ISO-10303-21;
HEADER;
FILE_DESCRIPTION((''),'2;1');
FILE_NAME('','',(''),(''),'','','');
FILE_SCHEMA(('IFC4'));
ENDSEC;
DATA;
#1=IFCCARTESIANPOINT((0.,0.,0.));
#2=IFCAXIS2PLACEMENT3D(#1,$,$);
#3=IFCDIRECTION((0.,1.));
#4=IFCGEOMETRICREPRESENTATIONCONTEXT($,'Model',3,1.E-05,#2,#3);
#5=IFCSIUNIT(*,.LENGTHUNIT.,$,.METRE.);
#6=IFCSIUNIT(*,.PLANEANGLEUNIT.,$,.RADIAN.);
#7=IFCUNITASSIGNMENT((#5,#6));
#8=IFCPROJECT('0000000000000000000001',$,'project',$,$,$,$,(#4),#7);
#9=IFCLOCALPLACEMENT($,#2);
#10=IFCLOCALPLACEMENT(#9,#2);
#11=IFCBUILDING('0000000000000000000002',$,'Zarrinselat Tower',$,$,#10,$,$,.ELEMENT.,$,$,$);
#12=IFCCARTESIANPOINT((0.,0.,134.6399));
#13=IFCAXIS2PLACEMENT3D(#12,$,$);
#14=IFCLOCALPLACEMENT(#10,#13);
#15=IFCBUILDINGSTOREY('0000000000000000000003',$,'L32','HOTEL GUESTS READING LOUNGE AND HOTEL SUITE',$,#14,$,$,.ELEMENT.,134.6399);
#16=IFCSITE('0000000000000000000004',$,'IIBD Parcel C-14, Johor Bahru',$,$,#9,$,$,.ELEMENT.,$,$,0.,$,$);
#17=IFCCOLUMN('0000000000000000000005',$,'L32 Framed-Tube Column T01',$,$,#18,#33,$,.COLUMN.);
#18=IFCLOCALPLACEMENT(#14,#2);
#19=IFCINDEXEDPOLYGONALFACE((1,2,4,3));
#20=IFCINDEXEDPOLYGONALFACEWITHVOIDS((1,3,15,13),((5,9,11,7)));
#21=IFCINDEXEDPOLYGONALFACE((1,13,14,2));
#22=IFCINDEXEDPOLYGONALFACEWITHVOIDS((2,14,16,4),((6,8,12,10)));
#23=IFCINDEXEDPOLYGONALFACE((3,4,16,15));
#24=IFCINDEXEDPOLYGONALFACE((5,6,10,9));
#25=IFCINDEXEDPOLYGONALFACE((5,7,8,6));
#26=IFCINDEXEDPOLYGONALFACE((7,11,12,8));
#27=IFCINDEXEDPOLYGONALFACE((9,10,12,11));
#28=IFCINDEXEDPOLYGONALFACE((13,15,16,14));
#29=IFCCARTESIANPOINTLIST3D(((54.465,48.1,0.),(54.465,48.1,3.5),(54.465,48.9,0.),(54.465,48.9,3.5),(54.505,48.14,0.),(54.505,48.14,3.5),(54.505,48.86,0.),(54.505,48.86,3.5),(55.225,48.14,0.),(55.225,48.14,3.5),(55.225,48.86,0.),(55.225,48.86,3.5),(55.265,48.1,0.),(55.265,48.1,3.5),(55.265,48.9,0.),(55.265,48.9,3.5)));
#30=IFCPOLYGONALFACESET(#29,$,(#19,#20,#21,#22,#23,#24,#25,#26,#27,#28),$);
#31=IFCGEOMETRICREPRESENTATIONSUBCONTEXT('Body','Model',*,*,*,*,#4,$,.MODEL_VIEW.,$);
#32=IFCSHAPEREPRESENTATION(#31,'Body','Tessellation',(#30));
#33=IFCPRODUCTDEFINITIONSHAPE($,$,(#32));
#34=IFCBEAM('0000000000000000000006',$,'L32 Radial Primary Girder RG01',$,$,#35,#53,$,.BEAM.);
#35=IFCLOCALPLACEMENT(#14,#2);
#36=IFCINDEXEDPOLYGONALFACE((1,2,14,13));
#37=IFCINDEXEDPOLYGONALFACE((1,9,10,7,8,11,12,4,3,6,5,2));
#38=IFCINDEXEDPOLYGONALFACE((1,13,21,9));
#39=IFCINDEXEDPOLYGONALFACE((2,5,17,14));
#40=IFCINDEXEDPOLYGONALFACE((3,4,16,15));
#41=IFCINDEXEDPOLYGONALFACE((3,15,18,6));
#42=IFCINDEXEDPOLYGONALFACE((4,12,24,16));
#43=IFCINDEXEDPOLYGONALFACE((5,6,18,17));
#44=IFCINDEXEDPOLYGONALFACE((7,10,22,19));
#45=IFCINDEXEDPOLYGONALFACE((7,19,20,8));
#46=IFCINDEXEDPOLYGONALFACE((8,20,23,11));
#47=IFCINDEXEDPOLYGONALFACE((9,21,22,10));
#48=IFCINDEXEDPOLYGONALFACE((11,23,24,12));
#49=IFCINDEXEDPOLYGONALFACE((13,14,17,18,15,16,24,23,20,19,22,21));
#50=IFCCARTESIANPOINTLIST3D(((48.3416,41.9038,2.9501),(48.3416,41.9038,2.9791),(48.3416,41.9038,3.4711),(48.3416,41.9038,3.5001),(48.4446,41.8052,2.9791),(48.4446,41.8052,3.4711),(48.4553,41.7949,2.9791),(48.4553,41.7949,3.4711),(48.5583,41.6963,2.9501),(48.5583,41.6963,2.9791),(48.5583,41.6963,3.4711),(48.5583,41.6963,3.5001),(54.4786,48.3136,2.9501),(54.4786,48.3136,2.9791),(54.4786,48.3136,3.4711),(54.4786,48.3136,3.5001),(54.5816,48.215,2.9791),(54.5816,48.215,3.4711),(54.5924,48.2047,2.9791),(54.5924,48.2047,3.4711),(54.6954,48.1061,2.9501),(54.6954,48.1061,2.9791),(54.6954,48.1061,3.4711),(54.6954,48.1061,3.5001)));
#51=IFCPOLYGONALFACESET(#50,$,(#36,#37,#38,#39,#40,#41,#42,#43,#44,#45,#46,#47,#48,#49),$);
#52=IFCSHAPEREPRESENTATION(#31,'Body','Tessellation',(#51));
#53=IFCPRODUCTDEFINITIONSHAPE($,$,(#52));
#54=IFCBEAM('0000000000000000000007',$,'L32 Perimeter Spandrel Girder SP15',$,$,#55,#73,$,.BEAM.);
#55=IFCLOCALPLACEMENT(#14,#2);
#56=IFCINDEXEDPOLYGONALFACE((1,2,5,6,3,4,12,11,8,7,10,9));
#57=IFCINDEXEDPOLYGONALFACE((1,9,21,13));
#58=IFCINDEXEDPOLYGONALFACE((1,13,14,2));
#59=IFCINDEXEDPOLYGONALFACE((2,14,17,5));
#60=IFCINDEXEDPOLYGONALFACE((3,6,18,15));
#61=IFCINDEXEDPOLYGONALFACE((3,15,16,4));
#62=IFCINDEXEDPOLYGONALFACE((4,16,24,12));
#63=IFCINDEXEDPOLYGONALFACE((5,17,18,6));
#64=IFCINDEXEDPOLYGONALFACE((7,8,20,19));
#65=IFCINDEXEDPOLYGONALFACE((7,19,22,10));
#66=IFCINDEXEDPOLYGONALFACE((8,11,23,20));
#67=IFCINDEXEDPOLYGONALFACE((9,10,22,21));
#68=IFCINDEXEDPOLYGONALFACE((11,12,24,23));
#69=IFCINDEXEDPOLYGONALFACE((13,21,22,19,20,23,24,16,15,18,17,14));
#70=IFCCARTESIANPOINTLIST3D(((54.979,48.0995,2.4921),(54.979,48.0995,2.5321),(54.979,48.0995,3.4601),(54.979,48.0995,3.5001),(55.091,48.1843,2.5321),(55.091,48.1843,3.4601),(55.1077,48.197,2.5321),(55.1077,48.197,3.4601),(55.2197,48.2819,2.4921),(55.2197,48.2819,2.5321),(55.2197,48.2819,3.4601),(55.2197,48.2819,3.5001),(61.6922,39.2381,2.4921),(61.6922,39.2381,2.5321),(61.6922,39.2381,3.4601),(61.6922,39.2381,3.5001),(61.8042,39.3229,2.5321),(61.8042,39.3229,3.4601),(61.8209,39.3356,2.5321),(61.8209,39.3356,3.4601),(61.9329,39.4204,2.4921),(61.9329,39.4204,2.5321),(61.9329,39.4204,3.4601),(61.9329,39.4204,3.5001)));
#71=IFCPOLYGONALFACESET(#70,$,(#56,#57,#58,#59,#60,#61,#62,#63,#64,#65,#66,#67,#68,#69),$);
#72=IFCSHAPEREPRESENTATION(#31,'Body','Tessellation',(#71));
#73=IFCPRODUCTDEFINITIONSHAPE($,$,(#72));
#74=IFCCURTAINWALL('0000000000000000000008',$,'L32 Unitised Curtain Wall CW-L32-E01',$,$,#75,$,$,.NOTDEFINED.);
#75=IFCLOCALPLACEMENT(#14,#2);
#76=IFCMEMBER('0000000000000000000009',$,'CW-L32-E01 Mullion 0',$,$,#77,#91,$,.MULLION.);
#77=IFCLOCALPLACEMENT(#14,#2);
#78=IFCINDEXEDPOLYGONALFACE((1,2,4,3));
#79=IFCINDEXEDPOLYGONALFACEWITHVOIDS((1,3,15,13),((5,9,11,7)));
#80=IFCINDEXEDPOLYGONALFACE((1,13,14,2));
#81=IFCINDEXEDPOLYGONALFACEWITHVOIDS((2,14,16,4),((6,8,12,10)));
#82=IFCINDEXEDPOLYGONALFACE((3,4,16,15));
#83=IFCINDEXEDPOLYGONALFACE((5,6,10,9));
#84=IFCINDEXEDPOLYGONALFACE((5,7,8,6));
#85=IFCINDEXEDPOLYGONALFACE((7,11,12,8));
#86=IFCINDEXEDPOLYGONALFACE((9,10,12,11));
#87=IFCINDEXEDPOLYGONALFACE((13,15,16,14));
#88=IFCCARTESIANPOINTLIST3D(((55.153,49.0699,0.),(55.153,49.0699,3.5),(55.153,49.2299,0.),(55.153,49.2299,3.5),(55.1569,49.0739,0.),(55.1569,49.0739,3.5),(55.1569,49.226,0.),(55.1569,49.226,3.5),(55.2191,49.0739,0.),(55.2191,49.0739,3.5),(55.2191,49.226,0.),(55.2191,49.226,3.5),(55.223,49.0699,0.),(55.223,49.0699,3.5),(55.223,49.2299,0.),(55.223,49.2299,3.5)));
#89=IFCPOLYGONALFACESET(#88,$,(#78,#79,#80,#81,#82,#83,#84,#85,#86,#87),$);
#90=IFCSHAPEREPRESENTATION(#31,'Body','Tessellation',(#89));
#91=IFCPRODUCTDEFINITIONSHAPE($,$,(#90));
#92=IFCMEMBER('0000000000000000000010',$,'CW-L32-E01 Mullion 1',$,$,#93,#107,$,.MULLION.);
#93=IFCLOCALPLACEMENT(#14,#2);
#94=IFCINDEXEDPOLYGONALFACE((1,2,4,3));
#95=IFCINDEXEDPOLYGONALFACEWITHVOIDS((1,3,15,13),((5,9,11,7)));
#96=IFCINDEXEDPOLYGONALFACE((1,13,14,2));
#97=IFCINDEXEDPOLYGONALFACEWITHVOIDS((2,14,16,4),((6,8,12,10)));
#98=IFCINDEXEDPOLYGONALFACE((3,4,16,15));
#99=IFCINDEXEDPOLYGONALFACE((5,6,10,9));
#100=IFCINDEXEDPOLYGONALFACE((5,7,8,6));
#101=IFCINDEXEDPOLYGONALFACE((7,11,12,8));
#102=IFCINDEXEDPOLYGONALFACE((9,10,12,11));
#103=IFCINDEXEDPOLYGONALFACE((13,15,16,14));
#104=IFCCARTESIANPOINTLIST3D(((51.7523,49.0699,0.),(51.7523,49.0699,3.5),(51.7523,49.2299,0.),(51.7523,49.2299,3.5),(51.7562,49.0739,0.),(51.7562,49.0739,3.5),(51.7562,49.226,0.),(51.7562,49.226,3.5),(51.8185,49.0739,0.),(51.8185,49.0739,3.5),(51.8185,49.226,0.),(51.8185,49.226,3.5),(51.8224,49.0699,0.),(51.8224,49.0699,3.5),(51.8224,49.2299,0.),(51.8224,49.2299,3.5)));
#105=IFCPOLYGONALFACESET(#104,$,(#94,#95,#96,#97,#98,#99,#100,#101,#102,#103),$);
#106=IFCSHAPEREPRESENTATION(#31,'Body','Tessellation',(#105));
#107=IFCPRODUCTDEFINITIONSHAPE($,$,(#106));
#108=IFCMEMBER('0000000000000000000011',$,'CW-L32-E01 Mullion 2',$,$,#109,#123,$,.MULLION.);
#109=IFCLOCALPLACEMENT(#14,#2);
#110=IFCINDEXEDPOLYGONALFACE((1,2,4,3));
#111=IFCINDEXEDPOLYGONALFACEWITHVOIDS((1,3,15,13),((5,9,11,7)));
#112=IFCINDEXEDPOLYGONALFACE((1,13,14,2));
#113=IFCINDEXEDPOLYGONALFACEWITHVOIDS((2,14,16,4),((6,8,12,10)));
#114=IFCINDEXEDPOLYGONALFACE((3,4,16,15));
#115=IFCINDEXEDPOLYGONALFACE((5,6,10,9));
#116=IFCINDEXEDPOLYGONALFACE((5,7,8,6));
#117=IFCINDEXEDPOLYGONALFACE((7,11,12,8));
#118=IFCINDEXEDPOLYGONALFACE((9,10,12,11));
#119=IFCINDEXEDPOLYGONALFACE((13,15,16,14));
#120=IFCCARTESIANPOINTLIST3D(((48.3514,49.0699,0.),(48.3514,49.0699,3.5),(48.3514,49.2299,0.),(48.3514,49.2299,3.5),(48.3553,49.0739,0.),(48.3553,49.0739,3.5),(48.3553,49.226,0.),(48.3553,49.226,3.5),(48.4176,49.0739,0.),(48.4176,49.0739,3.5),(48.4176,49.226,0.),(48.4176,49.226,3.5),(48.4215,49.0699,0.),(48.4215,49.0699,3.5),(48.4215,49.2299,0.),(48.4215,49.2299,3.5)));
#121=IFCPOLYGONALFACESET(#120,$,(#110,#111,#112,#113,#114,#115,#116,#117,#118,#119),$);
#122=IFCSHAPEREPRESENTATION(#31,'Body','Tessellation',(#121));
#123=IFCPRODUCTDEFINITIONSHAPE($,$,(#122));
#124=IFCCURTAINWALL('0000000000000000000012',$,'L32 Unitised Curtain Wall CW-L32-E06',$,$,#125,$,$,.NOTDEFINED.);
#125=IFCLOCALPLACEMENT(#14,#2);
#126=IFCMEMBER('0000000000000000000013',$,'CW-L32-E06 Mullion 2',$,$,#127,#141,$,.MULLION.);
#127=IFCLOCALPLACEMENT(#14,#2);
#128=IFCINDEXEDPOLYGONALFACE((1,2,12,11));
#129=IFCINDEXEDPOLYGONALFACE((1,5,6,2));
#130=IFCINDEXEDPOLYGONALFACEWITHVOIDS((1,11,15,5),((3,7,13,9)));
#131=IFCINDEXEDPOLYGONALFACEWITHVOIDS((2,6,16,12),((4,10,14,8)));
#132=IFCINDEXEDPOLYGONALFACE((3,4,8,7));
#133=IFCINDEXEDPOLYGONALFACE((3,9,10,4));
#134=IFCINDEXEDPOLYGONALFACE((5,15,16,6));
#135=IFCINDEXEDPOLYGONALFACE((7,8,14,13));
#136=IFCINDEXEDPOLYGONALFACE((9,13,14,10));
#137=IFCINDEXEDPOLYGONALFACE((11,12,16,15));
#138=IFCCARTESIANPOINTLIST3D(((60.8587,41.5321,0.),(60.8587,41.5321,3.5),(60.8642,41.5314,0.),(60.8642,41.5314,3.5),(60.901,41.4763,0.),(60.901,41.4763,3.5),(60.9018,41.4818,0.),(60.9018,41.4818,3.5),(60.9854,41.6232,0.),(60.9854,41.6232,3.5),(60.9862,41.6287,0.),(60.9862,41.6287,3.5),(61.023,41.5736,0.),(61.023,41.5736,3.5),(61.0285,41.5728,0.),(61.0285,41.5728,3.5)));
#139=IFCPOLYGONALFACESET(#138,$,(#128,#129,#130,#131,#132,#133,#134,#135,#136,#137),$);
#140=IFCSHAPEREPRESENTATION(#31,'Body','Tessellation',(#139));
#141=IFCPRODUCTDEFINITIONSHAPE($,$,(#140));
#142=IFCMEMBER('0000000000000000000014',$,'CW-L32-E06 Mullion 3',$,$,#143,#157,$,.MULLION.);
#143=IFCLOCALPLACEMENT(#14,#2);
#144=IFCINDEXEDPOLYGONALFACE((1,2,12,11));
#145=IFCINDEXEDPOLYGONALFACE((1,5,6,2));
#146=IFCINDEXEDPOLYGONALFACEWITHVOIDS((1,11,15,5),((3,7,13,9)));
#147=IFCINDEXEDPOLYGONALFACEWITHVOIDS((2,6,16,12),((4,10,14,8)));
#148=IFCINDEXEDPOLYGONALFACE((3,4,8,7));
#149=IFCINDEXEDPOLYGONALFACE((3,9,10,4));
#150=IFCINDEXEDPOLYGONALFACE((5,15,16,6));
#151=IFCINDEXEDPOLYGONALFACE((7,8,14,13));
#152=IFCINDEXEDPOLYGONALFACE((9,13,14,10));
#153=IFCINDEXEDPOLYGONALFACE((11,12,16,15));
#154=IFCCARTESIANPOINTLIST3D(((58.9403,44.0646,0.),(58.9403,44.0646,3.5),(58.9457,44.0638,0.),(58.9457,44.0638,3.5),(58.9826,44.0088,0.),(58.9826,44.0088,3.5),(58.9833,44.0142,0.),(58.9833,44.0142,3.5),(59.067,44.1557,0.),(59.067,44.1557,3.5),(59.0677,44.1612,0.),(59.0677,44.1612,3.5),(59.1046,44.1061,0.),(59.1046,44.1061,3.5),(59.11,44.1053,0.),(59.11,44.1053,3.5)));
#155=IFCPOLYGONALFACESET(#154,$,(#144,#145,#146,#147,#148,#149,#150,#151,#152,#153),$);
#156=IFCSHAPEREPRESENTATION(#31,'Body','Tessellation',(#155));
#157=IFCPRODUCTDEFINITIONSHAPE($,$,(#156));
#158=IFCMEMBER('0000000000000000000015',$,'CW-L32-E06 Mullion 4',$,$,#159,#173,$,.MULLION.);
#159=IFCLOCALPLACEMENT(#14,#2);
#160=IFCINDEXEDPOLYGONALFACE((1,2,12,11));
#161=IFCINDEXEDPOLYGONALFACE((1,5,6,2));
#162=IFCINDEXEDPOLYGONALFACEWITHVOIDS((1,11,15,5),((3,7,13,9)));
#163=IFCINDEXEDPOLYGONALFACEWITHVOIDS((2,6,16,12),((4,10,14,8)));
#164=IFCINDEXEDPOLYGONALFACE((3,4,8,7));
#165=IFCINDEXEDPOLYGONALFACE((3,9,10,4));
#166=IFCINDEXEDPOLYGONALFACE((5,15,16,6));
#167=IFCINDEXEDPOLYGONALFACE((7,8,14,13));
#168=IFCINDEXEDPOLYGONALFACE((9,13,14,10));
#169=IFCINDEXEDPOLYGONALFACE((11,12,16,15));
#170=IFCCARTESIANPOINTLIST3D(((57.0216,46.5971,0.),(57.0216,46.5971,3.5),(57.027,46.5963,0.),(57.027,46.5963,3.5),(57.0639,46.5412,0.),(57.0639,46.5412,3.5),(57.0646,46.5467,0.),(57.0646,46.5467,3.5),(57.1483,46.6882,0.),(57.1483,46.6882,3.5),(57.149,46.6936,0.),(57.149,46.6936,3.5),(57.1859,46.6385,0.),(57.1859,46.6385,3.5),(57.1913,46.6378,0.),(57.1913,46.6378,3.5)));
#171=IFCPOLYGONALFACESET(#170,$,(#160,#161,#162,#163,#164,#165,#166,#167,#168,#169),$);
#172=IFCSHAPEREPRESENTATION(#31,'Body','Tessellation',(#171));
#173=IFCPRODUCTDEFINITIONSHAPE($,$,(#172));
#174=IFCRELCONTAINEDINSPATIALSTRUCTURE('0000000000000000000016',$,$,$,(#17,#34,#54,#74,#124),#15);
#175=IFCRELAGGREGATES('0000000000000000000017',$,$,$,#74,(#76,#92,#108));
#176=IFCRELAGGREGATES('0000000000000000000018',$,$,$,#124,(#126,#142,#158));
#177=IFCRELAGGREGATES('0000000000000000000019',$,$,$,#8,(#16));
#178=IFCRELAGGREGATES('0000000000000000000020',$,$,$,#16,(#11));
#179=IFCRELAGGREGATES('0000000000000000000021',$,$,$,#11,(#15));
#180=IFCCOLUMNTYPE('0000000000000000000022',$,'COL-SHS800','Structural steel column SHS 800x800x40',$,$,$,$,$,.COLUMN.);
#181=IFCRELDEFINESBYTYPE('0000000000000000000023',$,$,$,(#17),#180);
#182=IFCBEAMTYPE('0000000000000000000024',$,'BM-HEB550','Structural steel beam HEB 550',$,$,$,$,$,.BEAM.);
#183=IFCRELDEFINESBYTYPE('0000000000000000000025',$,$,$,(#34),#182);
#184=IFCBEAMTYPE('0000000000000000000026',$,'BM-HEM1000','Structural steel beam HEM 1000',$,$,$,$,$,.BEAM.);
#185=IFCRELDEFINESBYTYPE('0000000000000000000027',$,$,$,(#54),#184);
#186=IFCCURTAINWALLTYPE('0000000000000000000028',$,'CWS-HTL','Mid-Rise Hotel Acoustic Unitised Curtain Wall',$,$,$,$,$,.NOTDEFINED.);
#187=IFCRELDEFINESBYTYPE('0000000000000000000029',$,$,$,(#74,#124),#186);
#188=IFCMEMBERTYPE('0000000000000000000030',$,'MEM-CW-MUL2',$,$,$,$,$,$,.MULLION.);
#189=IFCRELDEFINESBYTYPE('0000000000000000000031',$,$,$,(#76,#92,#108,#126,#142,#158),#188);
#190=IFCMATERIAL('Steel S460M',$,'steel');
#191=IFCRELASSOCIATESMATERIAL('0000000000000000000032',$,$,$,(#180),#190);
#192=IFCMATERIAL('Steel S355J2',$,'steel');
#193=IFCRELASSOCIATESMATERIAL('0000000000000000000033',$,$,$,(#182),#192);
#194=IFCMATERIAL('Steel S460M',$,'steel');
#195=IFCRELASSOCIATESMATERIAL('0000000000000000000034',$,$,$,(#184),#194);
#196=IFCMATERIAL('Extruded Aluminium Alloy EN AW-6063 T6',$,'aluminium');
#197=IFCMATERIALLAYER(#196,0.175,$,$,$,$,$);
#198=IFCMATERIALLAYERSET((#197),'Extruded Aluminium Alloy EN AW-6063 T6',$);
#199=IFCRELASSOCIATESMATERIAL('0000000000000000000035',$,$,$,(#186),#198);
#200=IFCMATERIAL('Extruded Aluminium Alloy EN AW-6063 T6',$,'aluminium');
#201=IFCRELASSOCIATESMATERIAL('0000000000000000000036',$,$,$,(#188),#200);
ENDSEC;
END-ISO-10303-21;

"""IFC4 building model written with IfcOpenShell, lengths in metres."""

from ifc_helpers import new_model, si_unit, direction, frame, origin, origin_2d, place, context, subcontext, project, spatial, hollow_rectangle, i_section, extrude, material, layer, layer_set, material_profile, profile_set, type_object, element, aggregate, save


model = new_model("IFC4")

# Units and contexts
model_context = context("Model", 3, precision=1e-05, world=origin(), true_north=direction((0.0, 1.0)))
body_context = subcontext(model_context, "Body", "Model", "MODEL_VIEW")
ifc_project = project(units=[si_unit("LENGTHUNIT", "METRE"), si_unit("PLANEANGLEUNIT", "RADIAN")], contexts=[model_context])

# Site, building, storey
site_placement = place(None, origin())
site = spatial("IfcSite", under=ifc_project, at=site_placement, Name="IIBD Parcel C-14, Johor Bahru", CompositionType="ELEMENT", RefElevation=0.0)
building_placement = place(site_placement, origin())
building = spatial("IfcBuilding", under=site, at=building_placement, Name="Zarrinselat Tower", CompositionType="ELEMENT")
storey_placement = place(building_placement, frame((0.0, 0.0, 134.6399)))
storey = spatial("IfcBuildingStorey", under=building, at=storey_placement, Name="L32", Description="HOTEL GUESTS READING LOUNGE AND HOTEL SUITE", CompositionType="ELEMENT", Elevation=134.6399)

# Column
ifc_material_1 = material(Name="Steel S460M", Category="steel")
ifc_material_profile_1 = material_profile(ifc_material_1, hollow_rectangle(XDim=0.8, YDim=0.8, WallThickness=0.04, at=origin_2d()), Name="SHS 800x800x40")
ifc_profile_set_1 = profile_set([ifc_material_profile_1], Name="Steel S460M")
column_type = type_object("IfcColumnType", Name="COL-SHS800", Description="Structural steel column SHS 800x800x40", PredefinedType="COLUMN", material=ifc_profile_set_1)
column_placement = place(storey_placement, frame((54.865, 48.5, 0.0), z_axis=(0.0, 0.0, 1.0), x_axis=(1.0, 0.0, 0.0)))
element("IfcColumn", 1, at=column_placement, inside=storey, type_object=column_type, Name="L32 Framed-Tube Column T01", PredefinedType="COLUMN", context=body_context, shape_type="SweptSolid", body=[
    extrude(hollow_rectangle(XDim=0.8, YDim=0.8, WallThickness=0.04, at=origin_2d()), origin(), (0.0, 0.0, 1.0), 3.5),
])

# Beams
ifc_material_2 = material(Name="Steel S355J2", Category="steel")
ifc_material_profile_2 = material_profile(ifc_material_2, i_section(OverallWidth=0.3, OverallDepth=0.55, WebThickness=0.0149, FlangeThickness=0.0291, at=origin_2d()), Name="HEB 550")
ifc_profile_set_2 = profile_set([ifc_material_profile_2], Name="Steel S355J2")
beam_type_1 = type_object("IfcBeamType", Name="BM-HEB550", Description="Structural steel beam HEB 550", PredefinedType="BEAM", material=ifc_profile_set_2)
beam_1_placement = place(storey_placement, frame((48.45, 41.8, 3.2251), z_axis=(0.691574, 0.722305, 0.0), x_axis=(-0.722305, 0.691574, 0.0)))
element("IfcBeam", 2, at=beam_1_placement, inside=storey, type_object=beam_type_1, Name="L32 Radial Primary Girder RG01", PredefinedType="BEAM", context=body_context, shape_type="SweptSolid", body=[
    extrude(i_section(OverallWidth=0.3, OverallDepth=0.55, WebThickness=0.0149, FlangeThickness=0.0291, at=origin_2d()), origin(), (0.0, 0.0, 1.0), 8.874),
])
ifc_material_3 = material(Name="Steel S460M", Category="steel")
ifc_material_profile_3 = material_profile(ifc_material_3, i_section(OverallWidth=0.302, OverallDepth=1.0081, WebThickness=0.021, FlangeThickness=0.04, at=origin_2d()), Name="HEM 1000")
ifc_profile_set_3 = profile_set([ifc_material_profile_3], Name="Steel S460M")
beam_type_2 = type_object("IfcBeamType", Name="BM-HEM1000", Description="Structural steel beam HEM 1000", PredefinedType="BEAM", material=ifc_profile_set_3)
beam_2_placement = place(storey_placement, frame((55.0994, 48.1907, 2.9961), z_axis=(0.603858, -0.797092, 0.0), x_axis=(0.797092, 0.603858, 0.0)))
element("IfcBeam", 3, at=beam_2_placement, inside=storey, type_object=beam_type_2, Name="L32 Perimeter Spandrel Girder SP15", PredefinedType="BEAM", context=body_context, shape_type="SweptSolid", body=[
    extrude(i_section(OverallWidth=0.302, OverallDepth=1.0081, WebThickness=0.021, FlangeThickness=0.04, at=origin_2d()), origin(), (0.0, 0.0, 1.0), 11.1172),
])

# Curtain walls, members
ifc_material_4 = material(Name="Extruded Aluminium Alloy EN AW-6063 T6", Category="aluminium")
ifc_layer_1 = layer(ifc_material_4, 0.175)
ifc_layer_set_1 = layer_set([ifc_layer_1], Name="Extruded Aluminium Alloy EN AW-6063 T6")
curtain_wall_type = type_object("IfcCurtainWallType", Name="CWS-HTL", Description="Mid-Rise Hotel Acoustic Unitised Curtain Wall", PredefinedType="NOTDEFINED", material=ifc_layer_set_1)
curtain_wall_1_placement = place(storey_placement, origin())
curtain_wall_1 = element("IfcCurtainWall", 4, at=curtain_wall_1_placement, inside=storey, type_object=curtain_wall_type, Name="L32 Unitised Curtain Wall CW-L32-E01", PredefinedType="NOTDEFINED")
ifc_material_5 = material(Name="Extruded Aluminium Alloy EN AW-6063 T6", Category="aluminium")
ifc_material_profile_4 = material_profile(ifc_material_5, hollow_rectangle(XDim=0.0701, YDim=0.1599, WallThickness=0.0039, at=origin_2d()), Name="RHS 160x70x4")
ifc_profile_set_4 = profile_set([ifc_material_profile_4], Name="Extruded Aluminium Alloy EN AW-6063 T6")
member_type_1 = type_object("IfcMemberType", Name="MEM-CW-MUL2", PredefinedType="MULLION", material=ifc_profile_set_4)
member_1_placement = place(storey_placement, frame((55.188, 49.1499, 0.0), z_axis=(0.0, 0.0, 1.0), x_axis=(-1.0, 0.0, 0.0)))
member_1 = element("IfcMember", 5, at=member_1_placement, type_object=member_type_1, Name="CW-L32-E01 Mullion 0", PredefinedType="MULLION", context=body_context, shape_type="SweptSolid", body=[
    extrude(hollow_rectangle(XDim=0.0701, YDim=0.1599, WallThickness=0.0039, at=origin_2d()), origin(), (0.0, 0.0, 1.0), 3.5),
])
member_2_placement = place(storey_placement, frame((51.7874, 49.1499, 0.0), z_axis=(0.0, 0.0, 1.0), x_axis=(-1.0, 0.0, 0.0)))
member_2 = element("IfcMember", 6, at=member_2_placement, type_object=member_type_1, Name="CW-L32-E01 Mullion 1", PredefinedType="MULLION", context=body_context, shape_type="SweptSolid", body=[
    extrude(hollow_rectangle(XDim=0.0701, YDim=0.1599, WallThickness=0.0039, at=origin_2d()), origin(), (0.0, 0.0, 1.0), 3.5),
])
member_3_placement = place(storey_placement, frame((48.3865, 49.1499, 0.0), z_axis=(0.0, 0.0, 1.0), x_axis=(-1.0, 0.0, 0.0)))
member_3 = element("IfcMember", 7, at=member_3_placement, type_object=member_type_1, Name="CW-L32-E01 Mullion 2", PredefinedType="MULLION", context=body_context, shape_type="SweptSolid", body=[
    extrude(hollow_rectangle(XDim=0.0701, YDim=0.1599, WallThickness=0.0039, at=origin_2d()), origin(), (0.0, 0.0, 1.0), 3.5),
])
curtain_wall_2_placement = place(storey_placement, origin())
curtain_wall_2 = element("IfcCurtainWall", 8, at=curtain_wall_2_placement, inside=storey, type_object=curtain_wall_type, Name="L32 Unitised Curtain Wall CW-L32-E06", PredefinedType="NOTDEFINED")
member_4_placement = place(storey_placement, frame((60.9436, 41.5525, 0.0), z_axis=(0.0, 0.0, 1.0), x_axis=(-0.603859, 0.797091, 0.0)))
member_4 = element("IfcMember", 9, at=member_4_placement, type_object=member_type_1, Name="CW-L32-E06 Mullion 2", PredefinedType="MULLION", context=body_context, shape_type="SweptSolid", body=[
    extrude(hollow_rectangle(XDim=0.0701, YDim=0.1599, WallThickness=0.0039, at=origin_2d()), origin(), (0.0, 0.0, 1.0), 3.5),
])
member_5_placement = place(storey_placement, frame((59.0251, 44.085, 0.0), z_axis=(0.0, 0.0, 1.0), x_axis=(-0.603859, 0.797091, 0.0)))
member_5 = element("IfcMember", 10, at=member_5_placement, type_object=member_type_1, Name="CW-L32-E06 Mullion 3", PredefinedType="MULLION", context=body_context, shape_type="SweptSolid", body=[
    extrude(hollow_rectangle(XDim=0.0701, YDim=0.1599, WallThickness=0.0039, at=origin_2d()), origin(), (0.0, 0.0, 1.0), 3.5),
])
member_6_placement = place(storey_placement, frame((57.1064, 46.6174, 0.0), z_axis=(0.0, 0.0, 1.0), x_axis=(-0.603859, 0.797091, 0.0)))
member_6 = element("IfcMember", 11, at=member_6_placement, type_object=member_type_1, Name="CW-L32-E06 Mullion 4", PredefinedType="MULLION", context=body_context, shape_type="SweptSolid", body=[
    extrude(hollow_rectangle(XDim=0.0701, YDim=0.1599, WallThickness=0.0039, at=origin_2d()), origin(), (0.0, 0.0, 1.0), 3.5),
])

aggregate(curtain_wall_1, [member_1, member_2, member_3])
aggregate(curtain_wall_2, [member_4, member_5, member_6])

save(model, "model.ifc")
